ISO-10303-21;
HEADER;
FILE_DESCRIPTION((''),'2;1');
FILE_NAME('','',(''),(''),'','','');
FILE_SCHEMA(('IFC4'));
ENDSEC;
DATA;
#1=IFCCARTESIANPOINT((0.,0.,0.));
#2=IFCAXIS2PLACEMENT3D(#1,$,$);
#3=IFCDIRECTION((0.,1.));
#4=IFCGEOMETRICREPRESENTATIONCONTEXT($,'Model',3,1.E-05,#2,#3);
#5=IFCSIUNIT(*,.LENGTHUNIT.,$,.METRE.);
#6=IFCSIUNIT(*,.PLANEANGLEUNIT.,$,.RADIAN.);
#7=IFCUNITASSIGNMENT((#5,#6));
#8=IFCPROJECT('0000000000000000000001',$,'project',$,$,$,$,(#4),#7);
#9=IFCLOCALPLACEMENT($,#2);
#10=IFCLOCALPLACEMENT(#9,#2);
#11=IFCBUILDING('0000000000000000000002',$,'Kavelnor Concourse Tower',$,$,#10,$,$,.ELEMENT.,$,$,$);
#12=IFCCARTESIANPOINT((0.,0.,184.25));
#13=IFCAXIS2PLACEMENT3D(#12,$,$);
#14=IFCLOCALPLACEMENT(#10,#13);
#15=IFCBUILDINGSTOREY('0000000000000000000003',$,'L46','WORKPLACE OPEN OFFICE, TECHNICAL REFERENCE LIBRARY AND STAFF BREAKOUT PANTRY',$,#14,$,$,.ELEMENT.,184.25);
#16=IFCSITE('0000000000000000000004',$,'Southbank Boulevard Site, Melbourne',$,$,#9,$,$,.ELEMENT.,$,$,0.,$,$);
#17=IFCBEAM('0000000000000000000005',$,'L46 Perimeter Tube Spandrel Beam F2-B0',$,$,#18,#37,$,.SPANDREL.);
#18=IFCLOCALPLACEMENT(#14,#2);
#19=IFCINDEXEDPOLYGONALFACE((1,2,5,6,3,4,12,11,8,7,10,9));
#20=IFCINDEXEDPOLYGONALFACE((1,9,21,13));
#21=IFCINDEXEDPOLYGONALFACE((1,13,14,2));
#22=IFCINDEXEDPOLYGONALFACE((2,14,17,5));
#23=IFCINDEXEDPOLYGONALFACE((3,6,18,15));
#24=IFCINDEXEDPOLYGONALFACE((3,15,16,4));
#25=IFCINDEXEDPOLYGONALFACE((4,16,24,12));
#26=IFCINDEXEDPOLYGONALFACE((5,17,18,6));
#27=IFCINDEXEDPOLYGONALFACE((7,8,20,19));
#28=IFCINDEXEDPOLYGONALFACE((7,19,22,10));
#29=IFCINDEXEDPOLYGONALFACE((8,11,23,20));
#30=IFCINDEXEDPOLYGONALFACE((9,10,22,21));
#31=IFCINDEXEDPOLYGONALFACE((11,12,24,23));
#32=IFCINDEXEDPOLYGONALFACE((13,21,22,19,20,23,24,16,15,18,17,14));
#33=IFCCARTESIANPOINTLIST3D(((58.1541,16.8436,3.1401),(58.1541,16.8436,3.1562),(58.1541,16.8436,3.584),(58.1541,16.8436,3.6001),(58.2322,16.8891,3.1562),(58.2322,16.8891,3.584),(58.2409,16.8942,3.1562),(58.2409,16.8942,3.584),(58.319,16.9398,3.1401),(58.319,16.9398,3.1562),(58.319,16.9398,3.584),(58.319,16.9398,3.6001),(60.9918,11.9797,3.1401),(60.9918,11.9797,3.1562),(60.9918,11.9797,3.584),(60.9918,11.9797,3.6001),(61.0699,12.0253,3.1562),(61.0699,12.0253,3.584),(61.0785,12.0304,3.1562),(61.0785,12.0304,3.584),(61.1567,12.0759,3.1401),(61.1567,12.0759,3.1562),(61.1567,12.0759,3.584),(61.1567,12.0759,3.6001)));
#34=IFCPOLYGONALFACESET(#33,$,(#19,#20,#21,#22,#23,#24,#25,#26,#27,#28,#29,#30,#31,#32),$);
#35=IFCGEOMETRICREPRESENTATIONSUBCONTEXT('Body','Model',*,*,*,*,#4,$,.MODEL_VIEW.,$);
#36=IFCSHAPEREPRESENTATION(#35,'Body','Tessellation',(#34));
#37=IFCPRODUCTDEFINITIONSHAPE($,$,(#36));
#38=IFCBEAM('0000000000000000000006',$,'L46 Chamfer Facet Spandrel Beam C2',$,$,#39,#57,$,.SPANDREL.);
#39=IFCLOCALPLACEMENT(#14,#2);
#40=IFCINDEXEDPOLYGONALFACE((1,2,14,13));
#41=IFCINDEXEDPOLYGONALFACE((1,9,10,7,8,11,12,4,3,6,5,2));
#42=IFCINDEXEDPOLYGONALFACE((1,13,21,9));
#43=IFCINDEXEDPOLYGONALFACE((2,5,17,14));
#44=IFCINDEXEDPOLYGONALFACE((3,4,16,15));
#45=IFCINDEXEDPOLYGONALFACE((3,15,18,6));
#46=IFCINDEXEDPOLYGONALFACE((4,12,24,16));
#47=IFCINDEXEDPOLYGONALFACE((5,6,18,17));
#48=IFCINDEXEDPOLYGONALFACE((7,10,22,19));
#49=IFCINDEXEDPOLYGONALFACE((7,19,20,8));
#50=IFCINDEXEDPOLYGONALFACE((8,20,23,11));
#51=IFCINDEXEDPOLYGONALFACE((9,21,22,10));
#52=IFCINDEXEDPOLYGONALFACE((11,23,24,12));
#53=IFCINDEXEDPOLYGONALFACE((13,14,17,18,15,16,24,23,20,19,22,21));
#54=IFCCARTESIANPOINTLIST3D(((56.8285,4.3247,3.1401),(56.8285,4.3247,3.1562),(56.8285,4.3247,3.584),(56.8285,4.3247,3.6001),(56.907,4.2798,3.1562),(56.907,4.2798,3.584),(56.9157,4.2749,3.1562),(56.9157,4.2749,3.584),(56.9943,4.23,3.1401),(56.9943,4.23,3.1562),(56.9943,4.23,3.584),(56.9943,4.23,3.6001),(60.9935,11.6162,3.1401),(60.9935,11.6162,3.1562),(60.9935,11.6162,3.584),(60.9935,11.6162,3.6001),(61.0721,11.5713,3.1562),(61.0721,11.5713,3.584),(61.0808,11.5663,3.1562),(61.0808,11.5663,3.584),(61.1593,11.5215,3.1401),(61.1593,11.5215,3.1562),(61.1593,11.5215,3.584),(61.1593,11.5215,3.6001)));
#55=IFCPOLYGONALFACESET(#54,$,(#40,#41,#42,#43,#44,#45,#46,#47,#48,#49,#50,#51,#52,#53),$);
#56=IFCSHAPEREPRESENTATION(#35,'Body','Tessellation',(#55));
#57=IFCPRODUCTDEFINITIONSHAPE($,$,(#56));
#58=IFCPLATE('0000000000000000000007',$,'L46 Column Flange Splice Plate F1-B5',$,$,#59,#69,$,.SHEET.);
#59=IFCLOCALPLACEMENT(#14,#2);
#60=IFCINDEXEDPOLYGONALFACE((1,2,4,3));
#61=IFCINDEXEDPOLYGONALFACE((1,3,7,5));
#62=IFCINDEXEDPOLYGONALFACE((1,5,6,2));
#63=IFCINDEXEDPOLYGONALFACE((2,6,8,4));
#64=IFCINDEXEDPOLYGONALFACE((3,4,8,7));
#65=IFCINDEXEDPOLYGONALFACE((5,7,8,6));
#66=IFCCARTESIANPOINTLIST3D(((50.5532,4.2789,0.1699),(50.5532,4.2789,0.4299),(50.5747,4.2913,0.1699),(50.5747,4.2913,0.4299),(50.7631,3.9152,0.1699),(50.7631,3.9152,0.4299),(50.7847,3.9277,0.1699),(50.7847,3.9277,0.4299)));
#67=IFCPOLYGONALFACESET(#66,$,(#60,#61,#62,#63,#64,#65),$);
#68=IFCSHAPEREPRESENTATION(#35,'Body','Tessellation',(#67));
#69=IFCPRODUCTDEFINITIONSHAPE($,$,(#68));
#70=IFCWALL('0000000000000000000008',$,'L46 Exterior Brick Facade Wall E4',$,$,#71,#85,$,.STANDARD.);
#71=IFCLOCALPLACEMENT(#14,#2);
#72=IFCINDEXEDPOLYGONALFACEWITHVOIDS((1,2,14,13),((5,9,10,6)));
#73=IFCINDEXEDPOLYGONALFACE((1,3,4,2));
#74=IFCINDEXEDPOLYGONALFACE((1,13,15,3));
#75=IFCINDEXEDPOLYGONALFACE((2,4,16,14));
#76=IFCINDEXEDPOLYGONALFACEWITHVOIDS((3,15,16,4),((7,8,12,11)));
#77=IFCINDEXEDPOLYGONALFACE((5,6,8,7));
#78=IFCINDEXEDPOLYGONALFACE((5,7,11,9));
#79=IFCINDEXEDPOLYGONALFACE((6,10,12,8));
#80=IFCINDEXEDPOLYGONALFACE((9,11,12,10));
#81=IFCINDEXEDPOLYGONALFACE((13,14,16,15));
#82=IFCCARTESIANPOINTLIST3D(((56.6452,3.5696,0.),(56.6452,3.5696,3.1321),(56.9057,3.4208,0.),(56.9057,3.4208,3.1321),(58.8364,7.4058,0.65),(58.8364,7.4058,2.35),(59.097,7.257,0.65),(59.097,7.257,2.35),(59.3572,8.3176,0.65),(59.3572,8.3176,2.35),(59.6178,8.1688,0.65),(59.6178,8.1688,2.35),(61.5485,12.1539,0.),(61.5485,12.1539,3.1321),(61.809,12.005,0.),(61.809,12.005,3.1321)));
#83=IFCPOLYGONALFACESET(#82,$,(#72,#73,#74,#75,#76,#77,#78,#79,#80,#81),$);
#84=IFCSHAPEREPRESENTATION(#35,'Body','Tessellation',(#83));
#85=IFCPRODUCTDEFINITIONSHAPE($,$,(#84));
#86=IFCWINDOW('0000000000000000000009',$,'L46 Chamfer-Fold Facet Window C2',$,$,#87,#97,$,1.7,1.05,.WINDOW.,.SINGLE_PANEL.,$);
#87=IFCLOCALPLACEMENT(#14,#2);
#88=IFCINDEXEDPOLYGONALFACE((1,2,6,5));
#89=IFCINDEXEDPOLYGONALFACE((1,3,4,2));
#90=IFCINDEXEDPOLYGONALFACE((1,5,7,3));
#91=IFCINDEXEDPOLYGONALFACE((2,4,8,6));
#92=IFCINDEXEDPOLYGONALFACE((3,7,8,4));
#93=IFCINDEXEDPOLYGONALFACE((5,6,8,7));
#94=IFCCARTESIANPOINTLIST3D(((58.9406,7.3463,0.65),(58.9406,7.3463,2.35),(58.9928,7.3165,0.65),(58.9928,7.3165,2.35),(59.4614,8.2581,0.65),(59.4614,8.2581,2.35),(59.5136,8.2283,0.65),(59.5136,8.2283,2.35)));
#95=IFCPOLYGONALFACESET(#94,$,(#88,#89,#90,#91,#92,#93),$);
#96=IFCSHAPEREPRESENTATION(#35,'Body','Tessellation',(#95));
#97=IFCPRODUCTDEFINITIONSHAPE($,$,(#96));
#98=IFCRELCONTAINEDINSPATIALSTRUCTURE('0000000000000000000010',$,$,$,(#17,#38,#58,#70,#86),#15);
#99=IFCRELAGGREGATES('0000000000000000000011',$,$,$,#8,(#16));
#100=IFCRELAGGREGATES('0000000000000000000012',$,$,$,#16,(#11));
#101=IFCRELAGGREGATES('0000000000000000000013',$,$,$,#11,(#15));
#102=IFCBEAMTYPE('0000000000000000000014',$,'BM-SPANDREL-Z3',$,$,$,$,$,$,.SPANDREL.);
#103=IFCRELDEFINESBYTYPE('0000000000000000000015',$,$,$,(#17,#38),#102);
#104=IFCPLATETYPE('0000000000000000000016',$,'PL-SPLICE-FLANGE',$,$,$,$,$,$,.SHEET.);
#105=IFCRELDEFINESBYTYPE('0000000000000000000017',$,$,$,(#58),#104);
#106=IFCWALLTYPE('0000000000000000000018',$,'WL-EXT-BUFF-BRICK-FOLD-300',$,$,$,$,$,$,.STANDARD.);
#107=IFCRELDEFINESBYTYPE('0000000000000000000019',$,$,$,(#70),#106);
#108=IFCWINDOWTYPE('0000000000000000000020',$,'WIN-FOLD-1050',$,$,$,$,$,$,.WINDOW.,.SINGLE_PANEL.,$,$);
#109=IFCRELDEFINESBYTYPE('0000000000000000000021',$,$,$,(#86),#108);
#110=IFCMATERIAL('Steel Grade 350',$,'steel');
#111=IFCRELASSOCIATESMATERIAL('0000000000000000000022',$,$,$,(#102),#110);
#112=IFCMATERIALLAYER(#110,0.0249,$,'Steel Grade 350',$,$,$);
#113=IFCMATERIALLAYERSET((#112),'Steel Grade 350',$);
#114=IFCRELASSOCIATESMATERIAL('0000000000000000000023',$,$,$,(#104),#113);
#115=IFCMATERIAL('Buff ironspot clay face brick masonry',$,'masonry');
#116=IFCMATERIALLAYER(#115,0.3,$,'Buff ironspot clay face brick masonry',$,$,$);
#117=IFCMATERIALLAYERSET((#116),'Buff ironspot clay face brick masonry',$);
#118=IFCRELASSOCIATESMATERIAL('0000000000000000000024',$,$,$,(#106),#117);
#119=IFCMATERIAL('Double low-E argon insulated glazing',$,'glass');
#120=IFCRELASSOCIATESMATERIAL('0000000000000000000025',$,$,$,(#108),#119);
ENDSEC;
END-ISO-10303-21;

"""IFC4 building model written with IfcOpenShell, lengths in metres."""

from ifc_helpers import new_model, si_unit, direction, frame, frame_2d, origin, origin_2d, place, context, subcontext, project, spatial, rectangle, i_section, extrude, material, layer, layer_set, material_profile, profile_set, type_object, element, fill, save


model = new_model("IFC4")

# Units and contexts
model_context = context("Model", 3, precision=1e-05, world=origin(), true_north=direction((0.0, 1.0)))
body_context = subcontext(model_context, "Body", "Model", "MODEL_VIEW")
ifc_project = project(units=[si_unit("LENGTHUNIT", "METRE"), si_unit("PLANEANGLEUNIT", "RADIAN")], contexts=[model_context])

# Site, building, storey
site_placement = place(None, origin())
site = spatial("IfcSite", under=ifc_project, at=site_placement, Name="Southbank Boulevard Site, Melbourne", CompositionType="ELEMENT", RefElevation=0.0)
building_placement = place(site_placement, origin())
building = spatial("IfcBuilding", under=site, at=building_placement, Name="Kavelnor Concourse Tower", CompositionType="ELEMENT")
storey_placement = place(building_placement, frame((0.0, 0.0, 184.25)))
storey = spatial("IfcBuildingStorey", under=building, at=storey_placement, Name="L46", Description="WORKPLACE OPEN OFFICE, TECHNICAL REFERENCE LIBRARY AND STAFF BREAKOUT PANTRY", CompositionType="ELEMENT", Elevation=184.25)

# Shared definitions
ifc_material_1 = material(Name="Steel Grade 350", Category="steel")

# Beams
ifc_material_profile_1 = material_profile(ifc_material_1, i_section(OverallWidth=0.1909, OverallDepth=0.46, WebThickness=0.01, FlangeThickness=0.0161, at=origin_2d()), Name="460UB82")
ifc_profile_set_1 = profile_set([ifc_material_profile_1], Name="Steel Grade 350")
beam_type_1 = type_object("IfcBeamType", Name="BM-SPANDREL-Z3", PredefinedType="SPANDREL", material=ifc_profile_set_1)
beam_1_placement = place(storey_placement, frame((61.0742, 12.0278, 3.3701), z_axis=(-0.50393, 0.863744, 0.0), x_axis=(-0.863744, -0.50393, 0.0)))
element("IfcBeam", 1, at=beam_1_placement, inside=storey, type_object=beam_type_1, Name="L46 Perimeter Tube Spandrel Beam F2-B0", PredefinedType="SPANDREL", context=body_context, shape_type="SweptSolid", body=[
    extrude(i_section(OverallWidth=0.1909, OverallDepth=0.46, WebThickness=0.01, FlangeThickness=0.0161, at=origin_2d()), origin(), (0.0, 0.0, 1.0), 5.6311),
])
beam_2_placement = place(storey_placement, frame((56.9114, 4.2773, 3.3701), z_axis=(0.496001, 0.868322, 0.0), x_axis=(-0.868322, 0.496001, 0.0)))
element("IfcBeam", 2, at=beam_2_placement, inside=storey, type_object=beam_type_1, Name="L46 Chamfer Facet Spandrel Beam C2", PredefinedType="SPANDREL", context=body_context, shape_type="SweptSolid", body=[
    extrude(i_section(OverallWidth=0.1909, OverallDepth=0.46, WebThickness=0.01, FlangeThickness=0.0161, at=origin_2d()), origin(), (0.0, 0.0, 1.0), 8.3972),
])

# Plate
ifc_layer_1 = layer(ifc_material_1, 0.0249, Name="Steel Grade 350")
ifc_layer_set_1 = layer_set([ifc_layer_1], Name="Steel Grade 350")
plate_type = type_object("IfcPlateType", Name="PL-SPLICE-FLANGE", PredefinedType="SHEET", material=ifc_layer_set_1)
plate_placement = place(storey_placement, frame((50.6689, 4.1033, 0.1699), z_axis=(0.0, 0.0, 1.0), x_axis=(-0.5, 0.866025, 0.0)))
element("IfcPlate", 3, at=plate_placement, inside=storey, type_object=plate_type, Name="L46 Column Flange Splice Plate F1-B5", PredefinedType="SHEET", context=body_context, shape_type="SweptSolid", body=[
    extrude(rectangle(XDim=0.4199, YDim=0.0249, at=origin_2d()), origin(), (0.0, 0.0, 1.0), 0.26),
])

# Wall, opening, window
ifc_material_2 = material(Name="Buff ironspot clay face brick masonry", Category="masonry")
ifc_layer_2 = layer(ifc_material_2, 0.3, Name="Buff ironspot clay face brick masonry")
ifc_layer_set_2 = layer_set([ifc_layer_2], Name="Buff ironspot clay face brick masonry")
wall_type_1 = type_object("IfcWallType", Name="WL-EXT-BUFF-BRICK-FOLD-300", PredefinedType="STANDARD", material=ifc_layer_set_2)
wall_1_placement = place(storey_placement, frame((61.6787, 12.0793, 0.0), z_axis=(0.0, 0.0, 1.0), x_axis=(-0.49599, -0.868328, 0.0)))
wall_1 = element("IfcWall", 4, at=wall_1_placement, inside=storey, type_object=wall_type_1, Name="L46 Exterior Brick Facade Wall E4", PredefinedType="STANDARD", context=body_context, shape_type="SweptSolid", body=[
    extrude(rectangle(XDim=9.886, YDim=0.3, at=frame_2d((4.9429, 0.0))), origin(), (0.0, 0.0, 1.0), 3.1321),
])
opening_1_placement = place(wall_1_placement, frame((4.418, 0.0, 0.6499)))
opening_1 = element("IfcOpeningElement", 5, at=opening_1_placement, cuts=wall_1, PredefinedType="OPENING", context=body_context, shape_type="SweptSolid", body=[
    extrude(rectangle(XDim=1.05, YDim=1.7, at=frame_2d((0.5249, 0.8501))), frame((0.0, 0.1602, 0.0), z_axis=(0.0, -1.0, 0.0), x_axis=(1.0, 0.0, 0.0)), (0.0, 0.0, 1.0), 0.3201),
])
ifc_material_3 = material(Name="Double low-E argon insulated glazing", Category="glass")
window_type_1 = type_object("IfcWindowType", Name="WIN-FOLD-1050", PartitioningType="SINGLE_PANEL", PredefinedType="WINDOW", material=ifc_material_3)
window_1_placement = place(opening_1_placement, origin())
window_1 = element("IfcWindow", 6, at=window_1_placement, inside=storey, type_object=window_type_1, Name="L46 Chamfer-Fold Facet Window C2", OverallHeight=1.7, OverallWidth=1.05, PartitioningType="SINGLE_PANEL", PredefinedType="WINDOW", context=body_context, shape_type="SweptSolid", body=[
    extrude(rectangle(XDim=1.05, YDim=1.7, at=frame_2d((0.5249, 0.8501))), frame((0.0, 0.03, 0.0), z_axis=(0.0, -1.0, 0.0), x_axis=(1.0, 0.0, 0.0)), (0.0, 0.0, 1.0), 0.0601),
])
fill(opening_1, window_1)

save(model, "model.ifc")
